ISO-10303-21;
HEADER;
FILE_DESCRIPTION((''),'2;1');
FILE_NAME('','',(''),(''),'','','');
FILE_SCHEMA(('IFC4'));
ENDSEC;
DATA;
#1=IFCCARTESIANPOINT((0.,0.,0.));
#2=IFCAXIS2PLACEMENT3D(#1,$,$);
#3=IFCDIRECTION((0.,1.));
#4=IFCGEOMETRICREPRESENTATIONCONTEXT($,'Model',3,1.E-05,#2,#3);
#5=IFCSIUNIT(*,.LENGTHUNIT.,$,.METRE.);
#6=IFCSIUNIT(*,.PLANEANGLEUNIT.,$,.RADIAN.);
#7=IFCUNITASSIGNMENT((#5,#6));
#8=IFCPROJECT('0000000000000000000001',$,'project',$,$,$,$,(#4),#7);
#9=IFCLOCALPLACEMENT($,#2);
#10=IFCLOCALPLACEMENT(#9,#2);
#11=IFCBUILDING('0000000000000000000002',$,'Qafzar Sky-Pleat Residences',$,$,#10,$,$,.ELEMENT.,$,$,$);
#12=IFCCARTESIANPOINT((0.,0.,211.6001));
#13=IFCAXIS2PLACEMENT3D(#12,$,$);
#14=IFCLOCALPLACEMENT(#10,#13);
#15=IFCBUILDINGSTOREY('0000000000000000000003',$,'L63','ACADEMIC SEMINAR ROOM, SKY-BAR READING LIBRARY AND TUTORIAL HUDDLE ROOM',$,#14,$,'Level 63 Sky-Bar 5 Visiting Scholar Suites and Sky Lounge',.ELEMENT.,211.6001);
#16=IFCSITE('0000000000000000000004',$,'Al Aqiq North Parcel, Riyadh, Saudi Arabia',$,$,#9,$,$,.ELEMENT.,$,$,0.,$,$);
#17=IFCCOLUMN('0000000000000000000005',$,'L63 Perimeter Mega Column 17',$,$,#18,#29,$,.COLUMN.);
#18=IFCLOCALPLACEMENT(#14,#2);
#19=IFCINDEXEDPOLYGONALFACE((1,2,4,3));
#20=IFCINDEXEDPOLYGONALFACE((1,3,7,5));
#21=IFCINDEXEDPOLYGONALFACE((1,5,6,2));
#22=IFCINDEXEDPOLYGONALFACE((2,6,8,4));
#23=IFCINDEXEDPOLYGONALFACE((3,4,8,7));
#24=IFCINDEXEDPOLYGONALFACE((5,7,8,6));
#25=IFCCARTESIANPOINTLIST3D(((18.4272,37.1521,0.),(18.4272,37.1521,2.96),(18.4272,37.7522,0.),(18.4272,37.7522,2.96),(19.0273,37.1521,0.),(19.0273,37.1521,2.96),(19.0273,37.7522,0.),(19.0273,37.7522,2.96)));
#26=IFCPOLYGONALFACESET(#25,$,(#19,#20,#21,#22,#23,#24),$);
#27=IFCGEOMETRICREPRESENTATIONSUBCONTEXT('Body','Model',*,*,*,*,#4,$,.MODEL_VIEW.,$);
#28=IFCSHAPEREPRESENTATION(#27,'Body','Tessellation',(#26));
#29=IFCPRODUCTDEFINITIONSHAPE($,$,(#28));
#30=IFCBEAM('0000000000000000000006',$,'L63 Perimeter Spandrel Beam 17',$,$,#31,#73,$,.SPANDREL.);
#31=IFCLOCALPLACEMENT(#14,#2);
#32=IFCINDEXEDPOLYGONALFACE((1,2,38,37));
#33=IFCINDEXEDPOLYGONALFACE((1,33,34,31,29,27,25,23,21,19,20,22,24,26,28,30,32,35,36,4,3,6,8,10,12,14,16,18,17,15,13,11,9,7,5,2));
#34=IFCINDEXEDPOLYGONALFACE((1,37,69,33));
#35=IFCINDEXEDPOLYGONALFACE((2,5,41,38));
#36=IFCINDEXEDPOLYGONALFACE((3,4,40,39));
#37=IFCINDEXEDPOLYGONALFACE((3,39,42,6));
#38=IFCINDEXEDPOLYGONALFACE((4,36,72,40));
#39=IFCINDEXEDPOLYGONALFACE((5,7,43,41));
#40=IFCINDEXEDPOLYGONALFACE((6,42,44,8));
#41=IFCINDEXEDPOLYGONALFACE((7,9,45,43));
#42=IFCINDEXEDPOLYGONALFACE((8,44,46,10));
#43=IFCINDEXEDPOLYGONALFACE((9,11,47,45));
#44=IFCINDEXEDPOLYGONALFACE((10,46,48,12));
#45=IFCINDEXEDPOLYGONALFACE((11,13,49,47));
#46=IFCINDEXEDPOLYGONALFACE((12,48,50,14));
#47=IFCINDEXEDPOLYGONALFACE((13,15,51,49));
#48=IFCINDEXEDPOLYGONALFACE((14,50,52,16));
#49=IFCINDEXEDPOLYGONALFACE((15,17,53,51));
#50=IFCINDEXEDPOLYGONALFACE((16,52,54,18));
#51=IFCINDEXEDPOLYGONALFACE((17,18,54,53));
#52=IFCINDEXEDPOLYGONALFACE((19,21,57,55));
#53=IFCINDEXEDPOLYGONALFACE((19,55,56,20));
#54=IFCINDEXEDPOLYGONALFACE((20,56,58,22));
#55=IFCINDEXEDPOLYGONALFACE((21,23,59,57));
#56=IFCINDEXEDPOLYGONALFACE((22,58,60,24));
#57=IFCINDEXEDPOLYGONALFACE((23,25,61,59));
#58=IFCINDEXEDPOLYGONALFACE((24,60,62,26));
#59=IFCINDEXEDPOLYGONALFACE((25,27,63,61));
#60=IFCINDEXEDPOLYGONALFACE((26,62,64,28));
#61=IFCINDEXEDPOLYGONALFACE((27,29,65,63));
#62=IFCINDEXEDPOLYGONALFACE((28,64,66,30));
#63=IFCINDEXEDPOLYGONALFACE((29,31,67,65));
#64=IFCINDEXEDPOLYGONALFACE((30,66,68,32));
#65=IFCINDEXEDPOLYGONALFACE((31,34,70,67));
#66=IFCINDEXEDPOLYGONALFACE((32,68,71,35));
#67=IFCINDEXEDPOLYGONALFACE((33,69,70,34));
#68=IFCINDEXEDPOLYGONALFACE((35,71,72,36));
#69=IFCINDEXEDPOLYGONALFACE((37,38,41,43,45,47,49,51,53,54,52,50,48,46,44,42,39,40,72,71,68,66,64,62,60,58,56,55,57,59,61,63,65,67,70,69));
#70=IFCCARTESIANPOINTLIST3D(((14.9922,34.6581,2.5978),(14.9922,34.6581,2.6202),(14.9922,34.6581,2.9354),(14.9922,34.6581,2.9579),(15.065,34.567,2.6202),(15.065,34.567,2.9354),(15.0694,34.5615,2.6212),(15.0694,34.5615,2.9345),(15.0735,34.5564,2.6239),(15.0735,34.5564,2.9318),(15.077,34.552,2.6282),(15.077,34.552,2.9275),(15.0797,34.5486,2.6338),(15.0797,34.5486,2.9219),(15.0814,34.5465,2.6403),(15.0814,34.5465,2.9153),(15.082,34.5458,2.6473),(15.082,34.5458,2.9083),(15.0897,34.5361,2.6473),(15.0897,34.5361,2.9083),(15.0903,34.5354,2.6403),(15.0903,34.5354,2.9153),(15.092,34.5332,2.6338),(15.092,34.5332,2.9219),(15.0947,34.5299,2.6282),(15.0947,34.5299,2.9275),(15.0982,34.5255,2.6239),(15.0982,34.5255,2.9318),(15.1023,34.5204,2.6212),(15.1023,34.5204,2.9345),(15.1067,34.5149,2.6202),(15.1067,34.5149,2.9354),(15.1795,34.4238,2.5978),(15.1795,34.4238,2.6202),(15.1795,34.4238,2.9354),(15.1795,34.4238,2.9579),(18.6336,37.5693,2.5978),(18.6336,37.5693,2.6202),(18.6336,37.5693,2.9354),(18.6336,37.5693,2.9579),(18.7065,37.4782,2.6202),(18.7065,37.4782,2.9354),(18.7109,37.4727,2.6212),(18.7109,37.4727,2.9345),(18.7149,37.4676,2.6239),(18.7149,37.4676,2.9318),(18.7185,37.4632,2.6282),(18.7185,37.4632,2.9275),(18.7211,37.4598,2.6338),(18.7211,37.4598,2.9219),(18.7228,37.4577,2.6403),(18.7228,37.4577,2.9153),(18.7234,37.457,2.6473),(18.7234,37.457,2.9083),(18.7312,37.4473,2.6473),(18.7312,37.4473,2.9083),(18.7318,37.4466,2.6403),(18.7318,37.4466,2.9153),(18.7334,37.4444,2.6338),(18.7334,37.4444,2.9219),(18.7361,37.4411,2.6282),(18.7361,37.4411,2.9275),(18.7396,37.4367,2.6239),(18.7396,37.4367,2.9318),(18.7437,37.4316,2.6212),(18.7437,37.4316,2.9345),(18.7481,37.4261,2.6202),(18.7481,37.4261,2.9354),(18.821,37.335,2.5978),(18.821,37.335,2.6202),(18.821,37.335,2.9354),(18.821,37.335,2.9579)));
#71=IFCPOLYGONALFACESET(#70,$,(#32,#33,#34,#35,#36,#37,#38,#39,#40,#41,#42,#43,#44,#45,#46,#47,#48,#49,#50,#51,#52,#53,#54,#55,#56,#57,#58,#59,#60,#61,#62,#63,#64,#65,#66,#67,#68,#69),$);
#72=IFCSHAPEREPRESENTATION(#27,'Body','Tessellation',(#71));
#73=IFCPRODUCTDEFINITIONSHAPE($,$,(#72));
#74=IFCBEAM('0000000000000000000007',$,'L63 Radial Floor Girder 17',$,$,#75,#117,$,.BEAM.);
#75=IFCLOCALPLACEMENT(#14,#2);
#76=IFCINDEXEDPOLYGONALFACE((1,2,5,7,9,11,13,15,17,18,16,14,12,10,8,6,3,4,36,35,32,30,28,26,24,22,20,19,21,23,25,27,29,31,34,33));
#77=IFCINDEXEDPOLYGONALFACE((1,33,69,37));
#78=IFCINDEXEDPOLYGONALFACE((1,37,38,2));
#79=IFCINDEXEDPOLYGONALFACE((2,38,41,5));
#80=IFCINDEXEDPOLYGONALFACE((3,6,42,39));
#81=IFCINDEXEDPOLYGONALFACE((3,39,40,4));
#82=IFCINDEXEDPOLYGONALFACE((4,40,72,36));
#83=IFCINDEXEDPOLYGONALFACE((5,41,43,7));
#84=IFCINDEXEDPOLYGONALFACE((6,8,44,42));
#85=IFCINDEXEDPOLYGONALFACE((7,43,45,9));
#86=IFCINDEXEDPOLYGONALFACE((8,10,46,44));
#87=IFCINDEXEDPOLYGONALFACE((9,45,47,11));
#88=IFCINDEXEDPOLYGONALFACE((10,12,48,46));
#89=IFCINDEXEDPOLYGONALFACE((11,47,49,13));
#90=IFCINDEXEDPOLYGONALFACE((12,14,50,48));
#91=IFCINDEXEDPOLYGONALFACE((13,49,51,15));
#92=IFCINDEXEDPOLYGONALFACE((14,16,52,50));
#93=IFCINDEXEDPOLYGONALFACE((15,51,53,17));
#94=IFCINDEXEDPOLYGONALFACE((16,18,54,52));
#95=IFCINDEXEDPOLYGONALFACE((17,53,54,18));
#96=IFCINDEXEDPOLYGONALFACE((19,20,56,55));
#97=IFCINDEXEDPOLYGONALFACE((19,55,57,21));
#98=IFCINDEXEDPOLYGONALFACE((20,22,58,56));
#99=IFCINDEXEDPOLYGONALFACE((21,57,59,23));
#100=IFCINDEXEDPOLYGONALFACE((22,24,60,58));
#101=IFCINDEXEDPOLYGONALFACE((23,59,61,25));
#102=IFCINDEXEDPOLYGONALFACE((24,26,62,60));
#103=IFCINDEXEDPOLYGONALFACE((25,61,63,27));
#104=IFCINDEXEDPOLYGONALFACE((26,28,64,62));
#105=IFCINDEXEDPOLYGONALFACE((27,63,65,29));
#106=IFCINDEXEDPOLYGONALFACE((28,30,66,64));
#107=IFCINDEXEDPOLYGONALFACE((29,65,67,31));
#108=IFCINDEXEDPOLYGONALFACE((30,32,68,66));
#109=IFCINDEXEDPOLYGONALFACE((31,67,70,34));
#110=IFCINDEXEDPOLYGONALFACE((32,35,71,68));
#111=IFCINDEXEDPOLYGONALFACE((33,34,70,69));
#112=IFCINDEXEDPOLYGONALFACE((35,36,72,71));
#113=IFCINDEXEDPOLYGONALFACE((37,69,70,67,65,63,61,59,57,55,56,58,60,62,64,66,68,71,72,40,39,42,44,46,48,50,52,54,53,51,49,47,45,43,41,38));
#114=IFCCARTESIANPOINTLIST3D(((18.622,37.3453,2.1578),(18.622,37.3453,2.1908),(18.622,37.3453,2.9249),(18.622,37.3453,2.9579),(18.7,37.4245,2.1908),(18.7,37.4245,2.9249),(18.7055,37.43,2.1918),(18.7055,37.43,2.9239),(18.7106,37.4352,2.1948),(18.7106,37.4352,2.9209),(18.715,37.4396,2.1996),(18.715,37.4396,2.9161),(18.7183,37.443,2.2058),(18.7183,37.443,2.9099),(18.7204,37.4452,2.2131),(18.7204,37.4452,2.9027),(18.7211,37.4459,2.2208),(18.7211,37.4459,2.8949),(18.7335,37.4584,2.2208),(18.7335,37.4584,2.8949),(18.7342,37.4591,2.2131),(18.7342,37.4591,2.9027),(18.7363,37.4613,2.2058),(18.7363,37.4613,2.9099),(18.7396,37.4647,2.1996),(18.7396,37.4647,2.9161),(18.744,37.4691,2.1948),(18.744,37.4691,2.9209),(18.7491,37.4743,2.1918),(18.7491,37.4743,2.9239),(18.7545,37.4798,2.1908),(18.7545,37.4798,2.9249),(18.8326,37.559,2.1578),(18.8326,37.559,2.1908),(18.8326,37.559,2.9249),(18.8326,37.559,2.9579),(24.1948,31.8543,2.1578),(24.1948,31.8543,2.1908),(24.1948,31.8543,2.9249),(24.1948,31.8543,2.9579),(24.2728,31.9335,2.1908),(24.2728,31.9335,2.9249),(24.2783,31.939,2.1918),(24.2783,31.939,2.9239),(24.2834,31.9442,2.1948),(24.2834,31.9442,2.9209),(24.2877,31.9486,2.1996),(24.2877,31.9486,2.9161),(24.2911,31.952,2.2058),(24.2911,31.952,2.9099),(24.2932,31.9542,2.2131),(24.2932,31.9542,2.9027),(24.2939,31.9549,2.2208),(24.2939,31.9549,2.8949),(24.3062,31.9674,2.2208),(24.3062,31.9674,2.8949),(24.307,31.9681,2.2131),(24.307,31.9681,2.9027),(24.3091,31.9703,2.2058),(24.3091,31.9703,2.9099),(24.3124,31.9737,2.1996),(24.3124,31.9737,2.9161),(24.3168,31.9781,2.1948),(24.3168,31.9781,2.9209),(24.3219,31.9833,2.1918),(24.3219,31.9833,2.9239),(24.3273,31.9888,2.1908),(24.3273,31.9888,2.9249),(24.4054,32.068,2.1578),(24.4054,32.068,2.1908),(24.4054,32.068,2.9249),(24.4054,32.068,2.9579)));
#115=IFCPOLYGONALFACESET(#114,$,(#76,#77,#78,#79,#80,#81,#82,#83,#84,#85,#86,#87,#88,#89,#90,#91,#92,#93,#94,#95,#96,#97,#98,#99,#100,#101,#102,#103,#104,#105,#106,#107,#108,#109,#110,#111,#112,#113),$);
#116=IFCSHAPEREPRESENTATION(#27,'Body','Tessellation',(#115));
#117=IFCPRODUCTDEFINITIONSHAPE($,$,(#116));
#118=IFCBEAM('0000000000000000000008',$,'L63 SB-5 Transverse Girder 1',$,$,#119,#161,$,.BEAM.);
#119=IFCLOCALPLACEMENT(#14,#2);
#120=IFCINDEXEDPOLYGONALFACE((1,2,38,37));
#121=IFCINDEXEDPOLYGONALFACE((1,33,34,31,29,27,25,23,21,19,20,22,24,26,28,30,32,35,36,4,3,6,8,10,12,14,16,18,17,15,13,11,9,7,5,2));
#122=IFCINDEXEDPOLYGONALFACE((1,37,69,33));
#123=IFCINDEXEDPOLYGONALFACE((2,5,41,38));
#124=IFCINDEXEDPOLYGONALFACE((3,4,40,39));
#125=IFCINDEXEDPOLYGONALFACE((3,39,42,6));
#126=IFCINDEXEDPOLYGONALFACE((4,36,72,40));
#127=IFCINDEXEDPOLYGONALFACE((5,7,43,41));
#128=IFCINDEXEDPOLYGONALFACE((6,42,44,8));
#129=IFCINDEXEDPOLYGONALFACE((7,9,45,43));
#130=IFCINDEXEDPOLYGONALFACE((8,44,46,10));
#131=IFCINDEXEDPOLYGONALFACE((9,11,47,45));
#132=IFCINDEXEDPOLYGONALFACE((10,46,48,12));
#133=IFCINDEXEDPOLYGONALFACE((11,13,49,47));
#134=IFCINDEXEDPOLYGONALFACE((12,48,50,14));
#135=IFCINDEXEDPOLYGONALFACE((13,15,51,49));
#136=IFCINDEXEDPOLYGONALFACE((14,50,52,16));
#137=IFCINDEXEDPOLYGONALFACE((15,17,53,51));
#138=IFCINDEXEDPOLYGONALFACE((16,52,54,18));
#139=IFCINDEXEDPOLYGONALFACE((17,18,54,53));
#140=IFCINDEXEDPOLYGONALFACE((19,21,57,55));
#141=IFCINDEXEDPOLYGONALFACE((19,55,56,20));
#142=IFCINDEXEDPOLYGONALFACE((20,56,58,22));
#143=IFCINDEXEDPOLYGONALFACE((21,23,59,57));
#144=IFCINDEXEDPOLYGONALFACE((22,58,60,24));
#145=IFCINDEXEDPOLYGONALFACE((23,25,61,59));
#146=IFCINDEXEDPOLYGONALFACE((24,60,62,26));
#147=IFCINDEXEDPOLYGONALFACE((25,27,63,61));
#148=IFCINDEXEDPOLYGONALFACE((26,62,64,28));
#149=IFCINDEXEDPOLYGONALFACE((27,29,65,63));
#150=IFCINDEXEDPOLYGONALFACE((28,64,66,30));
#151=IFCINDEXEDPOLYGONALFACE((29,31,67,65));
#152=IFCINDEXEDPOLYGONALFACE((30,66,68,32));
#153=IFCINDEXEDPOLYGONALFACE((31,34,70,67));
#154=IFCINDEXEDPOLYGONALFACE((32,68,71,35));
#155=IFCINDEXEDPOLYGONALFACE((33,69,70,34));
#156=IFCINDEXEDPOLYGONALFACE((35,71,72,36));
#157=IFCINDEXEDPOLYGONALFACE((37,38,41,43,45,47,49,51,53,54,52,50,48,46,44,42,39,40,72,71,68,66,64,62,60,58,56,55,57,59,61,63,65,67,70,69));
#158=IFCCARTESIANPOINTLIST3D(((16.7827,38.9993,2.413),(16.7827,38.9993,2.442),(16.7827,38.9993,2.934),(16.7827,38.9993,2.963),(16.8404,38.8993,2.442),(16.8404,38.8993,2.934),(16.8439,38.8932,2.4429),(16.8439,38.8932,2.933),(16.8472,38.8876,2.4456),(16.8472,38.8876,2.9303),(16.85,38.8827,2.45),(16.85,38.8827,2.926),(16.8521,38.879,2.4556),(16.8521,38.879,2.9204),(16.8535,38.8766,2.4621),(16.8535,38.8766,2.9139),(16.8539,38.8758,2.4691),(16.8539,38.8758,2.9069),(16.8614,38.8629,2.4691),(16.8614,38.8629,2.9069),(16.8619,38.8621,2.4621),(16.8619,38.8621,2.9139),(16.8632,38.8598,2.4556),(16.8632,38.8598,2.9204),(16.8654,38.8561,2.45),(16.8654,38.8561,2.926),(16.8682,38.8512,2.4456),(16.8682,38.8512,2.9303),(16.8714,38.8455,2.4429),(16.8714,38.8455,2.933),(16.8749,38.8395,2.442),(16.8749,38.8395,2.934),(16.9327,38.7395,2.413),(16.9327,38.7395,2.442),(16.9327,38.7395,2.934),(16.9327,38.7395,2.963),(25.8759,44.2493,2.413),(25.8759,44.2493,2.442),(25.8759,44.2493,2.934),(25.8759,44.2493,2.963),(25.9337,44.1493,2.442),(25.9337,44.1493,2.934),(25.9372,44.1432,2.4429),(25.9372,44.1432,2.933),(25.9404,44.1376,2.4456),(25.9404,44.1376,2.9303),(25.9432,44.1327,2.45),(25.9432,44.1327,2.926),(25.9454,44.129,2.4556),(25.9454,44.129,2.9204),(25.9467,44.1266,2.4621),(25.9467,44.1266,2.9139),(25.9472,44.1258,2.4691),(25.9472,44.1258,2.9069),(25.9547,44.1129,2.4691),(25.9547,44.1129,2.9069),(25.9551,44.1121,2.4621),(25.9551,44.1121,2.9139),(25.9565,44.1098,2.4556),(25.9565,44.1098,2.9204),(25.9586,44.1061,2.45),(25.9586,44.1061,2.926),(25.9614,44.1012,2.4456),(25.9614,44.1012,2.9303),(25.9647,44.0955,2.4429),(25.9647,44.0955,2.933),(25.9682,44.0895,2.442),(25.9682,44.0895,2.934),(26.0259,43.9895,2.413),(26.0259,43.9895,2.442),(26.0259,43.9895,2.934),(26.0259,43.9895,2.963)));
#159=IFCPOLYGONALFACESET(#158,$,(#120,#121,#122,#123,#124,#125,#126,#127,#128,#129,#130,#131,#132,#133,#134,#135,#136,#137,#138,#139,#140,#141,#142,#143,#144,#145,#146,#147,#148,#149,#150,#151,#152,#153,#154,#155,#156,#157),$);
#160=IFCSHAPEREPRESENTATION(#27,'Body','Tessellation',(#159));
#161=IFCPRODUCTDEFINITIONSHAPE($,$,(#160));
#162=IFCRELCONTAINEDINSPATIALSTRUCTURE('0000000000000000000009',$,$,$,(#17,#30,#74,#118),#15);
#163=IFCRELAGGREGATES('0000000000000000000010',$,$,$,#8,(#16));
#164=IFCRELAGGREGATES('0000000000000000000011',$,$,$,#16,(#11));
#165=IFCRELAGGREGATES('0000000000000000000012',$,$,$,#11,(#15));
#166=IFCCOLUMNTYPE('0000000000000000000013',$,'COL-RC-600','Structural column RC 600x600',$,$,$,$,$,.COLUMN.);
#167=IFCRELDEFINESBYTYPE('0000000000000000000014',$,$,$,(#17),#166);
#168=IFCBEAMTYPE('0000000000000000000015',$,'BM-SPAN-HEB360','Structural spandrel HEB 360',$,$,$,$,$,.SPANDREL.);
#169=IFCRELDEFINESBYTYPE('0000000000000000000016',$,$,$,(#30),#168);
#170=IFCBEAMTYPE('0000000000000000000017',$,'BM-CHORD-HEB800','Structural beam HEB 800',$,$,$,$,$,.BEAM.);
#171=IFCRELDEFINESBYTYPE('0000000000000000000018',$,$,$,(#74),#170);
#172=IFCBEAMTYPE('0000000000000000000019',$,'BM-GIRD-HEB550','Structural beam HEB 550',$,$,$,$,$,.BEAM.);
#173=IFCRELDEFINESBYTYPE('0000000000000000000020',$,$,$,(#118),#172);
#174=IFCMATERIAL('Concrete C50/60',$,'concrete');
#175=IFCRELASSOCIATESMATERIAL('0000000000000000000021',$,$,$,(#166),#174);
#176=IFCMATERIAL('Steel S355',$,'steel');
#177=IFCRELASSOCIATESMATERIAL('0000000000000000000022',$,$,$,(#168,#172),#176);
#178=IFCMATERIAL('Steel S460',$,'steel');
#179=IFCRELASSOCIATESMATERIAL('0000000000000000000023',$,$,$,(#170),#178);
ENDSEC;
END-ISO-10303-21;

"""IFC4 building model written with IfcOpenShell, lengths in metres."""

from ifc_helpers import new_model, si_unit, direction, frame, origin, origin_2d, place, context, subcontext, project, spatial, rectangle, i_section, extrude, source, transform, mapped, material, material_profile, profile_set, type_object, element, save


model = new_model("IFC4")

# Units and contexts
model_context = context("Model", 3, precision=1e-05, world=origin(), true_north=direction((0.0, 1.0)))
body_context = subcontext(model_context, "Body", "Model", "MODEL_VIEW")
ifc_project = project(units=[si_unit("LENGTHUNIT", "METRE"), si_unit("PLANEANGLEUNIT", "RADIAN")], contexts=[model_context])

# Site, building, storey
site_placement = place(None, origin())
site = spatial("IfcSite", under=ifc_project, at=site_placement, Name="Al Aqiq North Parcel, Riyadh, Saudi Arabia", CompositionType="ELEMENT", RefElevation=0.0)
building_placement = place(site_placement, origin())
building = spatial("IfcBuilding", under=site, at=building_placement, Name="Qafzar Sky-Pleat Residences", CompositionType="ELEMENT")
storey_placement = place(building_placement, frame((0.0, 0.0, 211.6001)))
storey = spatial("IfcBuildingStorey", under=building, at=storey_placement, Name="L63", Description="ACADEMIC SEMINAR ROOM, SKY-BAR READING LIBRARY AND TUTORIAL HUDDLE ROOM", LongName="Level 63 Sky-Bar 5 Visiting Scholar Suites and Sky Lounge", CompositionType="ELEMENT", Elevation=211.6001)

# Column
ifc_material_1 = material(Name="Concrete C50/60", Category="concrete")
ifc_material_profile_1 = material_profile(ifc_material_1, rectangle(XDim=0.6001, YDim=0.6001, at=origin_2d()), Name="RC 600x600")
ifc_profile_set_1 = profile_set([ifc_material_profile_1], Name="Concrete C50/60")
column_type = type_object("IfcColumnType", Name="COL-RC-600", Description="Structural column RC 600x600", PredefinedType="COLUMN", material=ifc_profile_set_1)
shared_shape_1 = source(origin(), body_context, "Body", "SweptSolid", [
    extrude(rectangle(XDim=0.6001, YDim=0.6001, at=origin_2d()), origin(), (0.0, 0.0, 1.0), 2.96),
])
column_placement = place(storey_placement, frame((18.7273, 37.4521, 0.0), z_axis=(0.0, 0.0, 1.0), x_axis=(1.0, 0.0, 0.0)))
element("IfcColumn", 1, at=column_placement, inside=storey, type_object=column_type, Name="L63 Perimeter Mega Column 17", PredefinedType="COLUMN", context=body_context, shape_type="MappedRepresentation", body=[
    mapped(shared_shape_1, transform((0.0, 0.0, 0.0), x_axis=(1.0, 0.0, 0.0), y_axis=(0.0, 1.0, 0.0), z_axis=(0.0, 0.0, 1.0), scale=1.0)),
])

# Beams
ifc_material_2 = material(Name="Steel S355", Category="steel")
ifc_material_profile_2 = material_profile(ifc_material_2, i_section(OverallWidth=0.3, OverallDepth=0.3601, WebThickness=0.0125, FlangeThickness=0.0225, FilletRadius=0.0271, at=origin_2d()), Name="HEB 360")
ifc_profile_set_2 = profile_set([ifc_material_profile_2], Name="Steel S355")
beam_type_1 = type_object("IfcBeamType", Name="BM-SPAN-HEB360", Description="Structural spandrel HEB 360", PredefinedType="SPANDREL", material=ifc_profile_set_2)
shared_shape_2 = source(origin(), body_context, "Body", "SweptSolid", [
    extrude(i_section(OverallWidth=0.3, OverallDepth=0.3601, WebThickness=0.0125, FlangeThickness=0.0225, FilletRadius=0.0271, at=origin_2d()), origin(), (0.0, 0.0, 1.0), 4.6621),
])
beam_1_placement = place(storey_placement, frame((18.7273, 37.4521, 2.7778), z_axis=(-0.781073, -0.62444, 0.0), x_axis=(0.62444, -0.781073, 0.0)))
element("IfcBeam", 2, at=beam_1_placement, inside=storey, type_object=beam_type_1, Name="L63 Perimeter Spandrel Beam 17", PredefinedType="SPANDREL", context=body_context, shape_type="MappedRepresentation", body=[
    mapped(shared_shape_2, transform((0.0, 0.0, 0.0), x_axis=(1.0, 0.0, 0.0), y_axis=(0.0, 1.0, 0.0), z_axis=(0.0, 0.0, 1.0), scale=1.0)),
])
ifc_material_3 = material(Name="Steel S460", Category="steel")
ifc_material_profile_3 = material_profile(ifc_material_3, i_section(OverallWidth=0.3, OverallDepth=0.8, WebThickness=0.0176, FlangeThickness=0.033, FilletRadius=0.03, at=origin_2d()), Name="HEB 800")
ifc_profile_set_3 = profile_set([ifc_material_profile_3], Name="Steel S460")
beam_type_2 = type_object("IfcBeamType", Name="BM-CHORD-HEB800", Description="Structural beam HEB 800", PredefinedType="BEAM", material=ifc_profile_set_3)
shared_shape_3 = source(origin(), body_context, "Body", "SweptSolid", [
    extrude(i_section(OverallWidth=0.3, OverallDepth=0.8, WebThickness=0.0176, FlangeThickness=0.033, FilletRadius=0.03, at=origin_2d()), origin(), (0.0, 0.0, 1.0), 7.8235),
])
beam_2_placement = place(storey_placement, frame((18.7273, 37.4521, 2.5579), z_axis=(0.712315, -0.70186, 0.0), x_axis=(0.70186, 0.712315, 0.0)))
element("IfcBeam", 3, at=beam_2_placement, inside=storey, type_object=beam_type_2, Name="L63 Radial Floor Girder 17", PredefinedType="BEAM", context=body_context, shape_type="MappedRepresentation", body=[
    mapped(shared_shape_3, transform((0.0, 0.0, 0.0), x_axis=(1.0, 0.0, 0.0), y_axis=(0.0, 1.0, 0.0), z_axis=(0.0, 0.0, 1.0), scale=1.0)),
])
ifc_material_profile_4 = material_profile(ifc_material_2, i_section(OverallWidth=0.3, OverallDepth=0.55, WebThickness=0.0149, FlangeThickness=0.0291, FilletRadius=0.0271, at=origin_2d()), Name="HEB 550")
ifc_profile_set_4 = profile_set([ifc_material_profile_4], Name="Steel S355")
beam_type_3 = type_object("IfcBeamType", Name="BM-GIRD-HEB550", Description="Structural beam HEB 550", PredefinedType="BEAM", material=ifc_profile_set_4)
shared_shape_4 = source(origin(), body_context, "Body", "SweptSolid", [
    extrude(i_section(OverallWidth=0.3, OverallDepth=0.55, WebThickness=0.0149, FlangeThickness=0.0291, FilletRadius=0.0271, at=origin_2d()), origin(), (0.0, 0.0, 1.0), 10.5),
])
beam_3_placement = place(storey_placement, frame((16.8577, 38.8694, 2.688), z_axis=(0.866025, 0.5, 0.0), x_axis=(-0.5, 0.866025, 0.0)))
element("IfcBeam", 4, at=beam_3_placement, inside=storey, type_object=beam_type_3, Name="L63 SB-5 Transverse Girder 1", PredefinedType="BEAM", context=body_context, shape_type="MappedRepresentation", body=[
    mapped(shared_shape_4, transform((0.0, 0.0, 0.0), x_axis=(1.0, 0.0, 0.0), y_axis=(0.0, 1.0, 0.0), z_axis=(0.0, 0.0, 1.0), scale=1.0)),
])

save(model, "model.ifc")
